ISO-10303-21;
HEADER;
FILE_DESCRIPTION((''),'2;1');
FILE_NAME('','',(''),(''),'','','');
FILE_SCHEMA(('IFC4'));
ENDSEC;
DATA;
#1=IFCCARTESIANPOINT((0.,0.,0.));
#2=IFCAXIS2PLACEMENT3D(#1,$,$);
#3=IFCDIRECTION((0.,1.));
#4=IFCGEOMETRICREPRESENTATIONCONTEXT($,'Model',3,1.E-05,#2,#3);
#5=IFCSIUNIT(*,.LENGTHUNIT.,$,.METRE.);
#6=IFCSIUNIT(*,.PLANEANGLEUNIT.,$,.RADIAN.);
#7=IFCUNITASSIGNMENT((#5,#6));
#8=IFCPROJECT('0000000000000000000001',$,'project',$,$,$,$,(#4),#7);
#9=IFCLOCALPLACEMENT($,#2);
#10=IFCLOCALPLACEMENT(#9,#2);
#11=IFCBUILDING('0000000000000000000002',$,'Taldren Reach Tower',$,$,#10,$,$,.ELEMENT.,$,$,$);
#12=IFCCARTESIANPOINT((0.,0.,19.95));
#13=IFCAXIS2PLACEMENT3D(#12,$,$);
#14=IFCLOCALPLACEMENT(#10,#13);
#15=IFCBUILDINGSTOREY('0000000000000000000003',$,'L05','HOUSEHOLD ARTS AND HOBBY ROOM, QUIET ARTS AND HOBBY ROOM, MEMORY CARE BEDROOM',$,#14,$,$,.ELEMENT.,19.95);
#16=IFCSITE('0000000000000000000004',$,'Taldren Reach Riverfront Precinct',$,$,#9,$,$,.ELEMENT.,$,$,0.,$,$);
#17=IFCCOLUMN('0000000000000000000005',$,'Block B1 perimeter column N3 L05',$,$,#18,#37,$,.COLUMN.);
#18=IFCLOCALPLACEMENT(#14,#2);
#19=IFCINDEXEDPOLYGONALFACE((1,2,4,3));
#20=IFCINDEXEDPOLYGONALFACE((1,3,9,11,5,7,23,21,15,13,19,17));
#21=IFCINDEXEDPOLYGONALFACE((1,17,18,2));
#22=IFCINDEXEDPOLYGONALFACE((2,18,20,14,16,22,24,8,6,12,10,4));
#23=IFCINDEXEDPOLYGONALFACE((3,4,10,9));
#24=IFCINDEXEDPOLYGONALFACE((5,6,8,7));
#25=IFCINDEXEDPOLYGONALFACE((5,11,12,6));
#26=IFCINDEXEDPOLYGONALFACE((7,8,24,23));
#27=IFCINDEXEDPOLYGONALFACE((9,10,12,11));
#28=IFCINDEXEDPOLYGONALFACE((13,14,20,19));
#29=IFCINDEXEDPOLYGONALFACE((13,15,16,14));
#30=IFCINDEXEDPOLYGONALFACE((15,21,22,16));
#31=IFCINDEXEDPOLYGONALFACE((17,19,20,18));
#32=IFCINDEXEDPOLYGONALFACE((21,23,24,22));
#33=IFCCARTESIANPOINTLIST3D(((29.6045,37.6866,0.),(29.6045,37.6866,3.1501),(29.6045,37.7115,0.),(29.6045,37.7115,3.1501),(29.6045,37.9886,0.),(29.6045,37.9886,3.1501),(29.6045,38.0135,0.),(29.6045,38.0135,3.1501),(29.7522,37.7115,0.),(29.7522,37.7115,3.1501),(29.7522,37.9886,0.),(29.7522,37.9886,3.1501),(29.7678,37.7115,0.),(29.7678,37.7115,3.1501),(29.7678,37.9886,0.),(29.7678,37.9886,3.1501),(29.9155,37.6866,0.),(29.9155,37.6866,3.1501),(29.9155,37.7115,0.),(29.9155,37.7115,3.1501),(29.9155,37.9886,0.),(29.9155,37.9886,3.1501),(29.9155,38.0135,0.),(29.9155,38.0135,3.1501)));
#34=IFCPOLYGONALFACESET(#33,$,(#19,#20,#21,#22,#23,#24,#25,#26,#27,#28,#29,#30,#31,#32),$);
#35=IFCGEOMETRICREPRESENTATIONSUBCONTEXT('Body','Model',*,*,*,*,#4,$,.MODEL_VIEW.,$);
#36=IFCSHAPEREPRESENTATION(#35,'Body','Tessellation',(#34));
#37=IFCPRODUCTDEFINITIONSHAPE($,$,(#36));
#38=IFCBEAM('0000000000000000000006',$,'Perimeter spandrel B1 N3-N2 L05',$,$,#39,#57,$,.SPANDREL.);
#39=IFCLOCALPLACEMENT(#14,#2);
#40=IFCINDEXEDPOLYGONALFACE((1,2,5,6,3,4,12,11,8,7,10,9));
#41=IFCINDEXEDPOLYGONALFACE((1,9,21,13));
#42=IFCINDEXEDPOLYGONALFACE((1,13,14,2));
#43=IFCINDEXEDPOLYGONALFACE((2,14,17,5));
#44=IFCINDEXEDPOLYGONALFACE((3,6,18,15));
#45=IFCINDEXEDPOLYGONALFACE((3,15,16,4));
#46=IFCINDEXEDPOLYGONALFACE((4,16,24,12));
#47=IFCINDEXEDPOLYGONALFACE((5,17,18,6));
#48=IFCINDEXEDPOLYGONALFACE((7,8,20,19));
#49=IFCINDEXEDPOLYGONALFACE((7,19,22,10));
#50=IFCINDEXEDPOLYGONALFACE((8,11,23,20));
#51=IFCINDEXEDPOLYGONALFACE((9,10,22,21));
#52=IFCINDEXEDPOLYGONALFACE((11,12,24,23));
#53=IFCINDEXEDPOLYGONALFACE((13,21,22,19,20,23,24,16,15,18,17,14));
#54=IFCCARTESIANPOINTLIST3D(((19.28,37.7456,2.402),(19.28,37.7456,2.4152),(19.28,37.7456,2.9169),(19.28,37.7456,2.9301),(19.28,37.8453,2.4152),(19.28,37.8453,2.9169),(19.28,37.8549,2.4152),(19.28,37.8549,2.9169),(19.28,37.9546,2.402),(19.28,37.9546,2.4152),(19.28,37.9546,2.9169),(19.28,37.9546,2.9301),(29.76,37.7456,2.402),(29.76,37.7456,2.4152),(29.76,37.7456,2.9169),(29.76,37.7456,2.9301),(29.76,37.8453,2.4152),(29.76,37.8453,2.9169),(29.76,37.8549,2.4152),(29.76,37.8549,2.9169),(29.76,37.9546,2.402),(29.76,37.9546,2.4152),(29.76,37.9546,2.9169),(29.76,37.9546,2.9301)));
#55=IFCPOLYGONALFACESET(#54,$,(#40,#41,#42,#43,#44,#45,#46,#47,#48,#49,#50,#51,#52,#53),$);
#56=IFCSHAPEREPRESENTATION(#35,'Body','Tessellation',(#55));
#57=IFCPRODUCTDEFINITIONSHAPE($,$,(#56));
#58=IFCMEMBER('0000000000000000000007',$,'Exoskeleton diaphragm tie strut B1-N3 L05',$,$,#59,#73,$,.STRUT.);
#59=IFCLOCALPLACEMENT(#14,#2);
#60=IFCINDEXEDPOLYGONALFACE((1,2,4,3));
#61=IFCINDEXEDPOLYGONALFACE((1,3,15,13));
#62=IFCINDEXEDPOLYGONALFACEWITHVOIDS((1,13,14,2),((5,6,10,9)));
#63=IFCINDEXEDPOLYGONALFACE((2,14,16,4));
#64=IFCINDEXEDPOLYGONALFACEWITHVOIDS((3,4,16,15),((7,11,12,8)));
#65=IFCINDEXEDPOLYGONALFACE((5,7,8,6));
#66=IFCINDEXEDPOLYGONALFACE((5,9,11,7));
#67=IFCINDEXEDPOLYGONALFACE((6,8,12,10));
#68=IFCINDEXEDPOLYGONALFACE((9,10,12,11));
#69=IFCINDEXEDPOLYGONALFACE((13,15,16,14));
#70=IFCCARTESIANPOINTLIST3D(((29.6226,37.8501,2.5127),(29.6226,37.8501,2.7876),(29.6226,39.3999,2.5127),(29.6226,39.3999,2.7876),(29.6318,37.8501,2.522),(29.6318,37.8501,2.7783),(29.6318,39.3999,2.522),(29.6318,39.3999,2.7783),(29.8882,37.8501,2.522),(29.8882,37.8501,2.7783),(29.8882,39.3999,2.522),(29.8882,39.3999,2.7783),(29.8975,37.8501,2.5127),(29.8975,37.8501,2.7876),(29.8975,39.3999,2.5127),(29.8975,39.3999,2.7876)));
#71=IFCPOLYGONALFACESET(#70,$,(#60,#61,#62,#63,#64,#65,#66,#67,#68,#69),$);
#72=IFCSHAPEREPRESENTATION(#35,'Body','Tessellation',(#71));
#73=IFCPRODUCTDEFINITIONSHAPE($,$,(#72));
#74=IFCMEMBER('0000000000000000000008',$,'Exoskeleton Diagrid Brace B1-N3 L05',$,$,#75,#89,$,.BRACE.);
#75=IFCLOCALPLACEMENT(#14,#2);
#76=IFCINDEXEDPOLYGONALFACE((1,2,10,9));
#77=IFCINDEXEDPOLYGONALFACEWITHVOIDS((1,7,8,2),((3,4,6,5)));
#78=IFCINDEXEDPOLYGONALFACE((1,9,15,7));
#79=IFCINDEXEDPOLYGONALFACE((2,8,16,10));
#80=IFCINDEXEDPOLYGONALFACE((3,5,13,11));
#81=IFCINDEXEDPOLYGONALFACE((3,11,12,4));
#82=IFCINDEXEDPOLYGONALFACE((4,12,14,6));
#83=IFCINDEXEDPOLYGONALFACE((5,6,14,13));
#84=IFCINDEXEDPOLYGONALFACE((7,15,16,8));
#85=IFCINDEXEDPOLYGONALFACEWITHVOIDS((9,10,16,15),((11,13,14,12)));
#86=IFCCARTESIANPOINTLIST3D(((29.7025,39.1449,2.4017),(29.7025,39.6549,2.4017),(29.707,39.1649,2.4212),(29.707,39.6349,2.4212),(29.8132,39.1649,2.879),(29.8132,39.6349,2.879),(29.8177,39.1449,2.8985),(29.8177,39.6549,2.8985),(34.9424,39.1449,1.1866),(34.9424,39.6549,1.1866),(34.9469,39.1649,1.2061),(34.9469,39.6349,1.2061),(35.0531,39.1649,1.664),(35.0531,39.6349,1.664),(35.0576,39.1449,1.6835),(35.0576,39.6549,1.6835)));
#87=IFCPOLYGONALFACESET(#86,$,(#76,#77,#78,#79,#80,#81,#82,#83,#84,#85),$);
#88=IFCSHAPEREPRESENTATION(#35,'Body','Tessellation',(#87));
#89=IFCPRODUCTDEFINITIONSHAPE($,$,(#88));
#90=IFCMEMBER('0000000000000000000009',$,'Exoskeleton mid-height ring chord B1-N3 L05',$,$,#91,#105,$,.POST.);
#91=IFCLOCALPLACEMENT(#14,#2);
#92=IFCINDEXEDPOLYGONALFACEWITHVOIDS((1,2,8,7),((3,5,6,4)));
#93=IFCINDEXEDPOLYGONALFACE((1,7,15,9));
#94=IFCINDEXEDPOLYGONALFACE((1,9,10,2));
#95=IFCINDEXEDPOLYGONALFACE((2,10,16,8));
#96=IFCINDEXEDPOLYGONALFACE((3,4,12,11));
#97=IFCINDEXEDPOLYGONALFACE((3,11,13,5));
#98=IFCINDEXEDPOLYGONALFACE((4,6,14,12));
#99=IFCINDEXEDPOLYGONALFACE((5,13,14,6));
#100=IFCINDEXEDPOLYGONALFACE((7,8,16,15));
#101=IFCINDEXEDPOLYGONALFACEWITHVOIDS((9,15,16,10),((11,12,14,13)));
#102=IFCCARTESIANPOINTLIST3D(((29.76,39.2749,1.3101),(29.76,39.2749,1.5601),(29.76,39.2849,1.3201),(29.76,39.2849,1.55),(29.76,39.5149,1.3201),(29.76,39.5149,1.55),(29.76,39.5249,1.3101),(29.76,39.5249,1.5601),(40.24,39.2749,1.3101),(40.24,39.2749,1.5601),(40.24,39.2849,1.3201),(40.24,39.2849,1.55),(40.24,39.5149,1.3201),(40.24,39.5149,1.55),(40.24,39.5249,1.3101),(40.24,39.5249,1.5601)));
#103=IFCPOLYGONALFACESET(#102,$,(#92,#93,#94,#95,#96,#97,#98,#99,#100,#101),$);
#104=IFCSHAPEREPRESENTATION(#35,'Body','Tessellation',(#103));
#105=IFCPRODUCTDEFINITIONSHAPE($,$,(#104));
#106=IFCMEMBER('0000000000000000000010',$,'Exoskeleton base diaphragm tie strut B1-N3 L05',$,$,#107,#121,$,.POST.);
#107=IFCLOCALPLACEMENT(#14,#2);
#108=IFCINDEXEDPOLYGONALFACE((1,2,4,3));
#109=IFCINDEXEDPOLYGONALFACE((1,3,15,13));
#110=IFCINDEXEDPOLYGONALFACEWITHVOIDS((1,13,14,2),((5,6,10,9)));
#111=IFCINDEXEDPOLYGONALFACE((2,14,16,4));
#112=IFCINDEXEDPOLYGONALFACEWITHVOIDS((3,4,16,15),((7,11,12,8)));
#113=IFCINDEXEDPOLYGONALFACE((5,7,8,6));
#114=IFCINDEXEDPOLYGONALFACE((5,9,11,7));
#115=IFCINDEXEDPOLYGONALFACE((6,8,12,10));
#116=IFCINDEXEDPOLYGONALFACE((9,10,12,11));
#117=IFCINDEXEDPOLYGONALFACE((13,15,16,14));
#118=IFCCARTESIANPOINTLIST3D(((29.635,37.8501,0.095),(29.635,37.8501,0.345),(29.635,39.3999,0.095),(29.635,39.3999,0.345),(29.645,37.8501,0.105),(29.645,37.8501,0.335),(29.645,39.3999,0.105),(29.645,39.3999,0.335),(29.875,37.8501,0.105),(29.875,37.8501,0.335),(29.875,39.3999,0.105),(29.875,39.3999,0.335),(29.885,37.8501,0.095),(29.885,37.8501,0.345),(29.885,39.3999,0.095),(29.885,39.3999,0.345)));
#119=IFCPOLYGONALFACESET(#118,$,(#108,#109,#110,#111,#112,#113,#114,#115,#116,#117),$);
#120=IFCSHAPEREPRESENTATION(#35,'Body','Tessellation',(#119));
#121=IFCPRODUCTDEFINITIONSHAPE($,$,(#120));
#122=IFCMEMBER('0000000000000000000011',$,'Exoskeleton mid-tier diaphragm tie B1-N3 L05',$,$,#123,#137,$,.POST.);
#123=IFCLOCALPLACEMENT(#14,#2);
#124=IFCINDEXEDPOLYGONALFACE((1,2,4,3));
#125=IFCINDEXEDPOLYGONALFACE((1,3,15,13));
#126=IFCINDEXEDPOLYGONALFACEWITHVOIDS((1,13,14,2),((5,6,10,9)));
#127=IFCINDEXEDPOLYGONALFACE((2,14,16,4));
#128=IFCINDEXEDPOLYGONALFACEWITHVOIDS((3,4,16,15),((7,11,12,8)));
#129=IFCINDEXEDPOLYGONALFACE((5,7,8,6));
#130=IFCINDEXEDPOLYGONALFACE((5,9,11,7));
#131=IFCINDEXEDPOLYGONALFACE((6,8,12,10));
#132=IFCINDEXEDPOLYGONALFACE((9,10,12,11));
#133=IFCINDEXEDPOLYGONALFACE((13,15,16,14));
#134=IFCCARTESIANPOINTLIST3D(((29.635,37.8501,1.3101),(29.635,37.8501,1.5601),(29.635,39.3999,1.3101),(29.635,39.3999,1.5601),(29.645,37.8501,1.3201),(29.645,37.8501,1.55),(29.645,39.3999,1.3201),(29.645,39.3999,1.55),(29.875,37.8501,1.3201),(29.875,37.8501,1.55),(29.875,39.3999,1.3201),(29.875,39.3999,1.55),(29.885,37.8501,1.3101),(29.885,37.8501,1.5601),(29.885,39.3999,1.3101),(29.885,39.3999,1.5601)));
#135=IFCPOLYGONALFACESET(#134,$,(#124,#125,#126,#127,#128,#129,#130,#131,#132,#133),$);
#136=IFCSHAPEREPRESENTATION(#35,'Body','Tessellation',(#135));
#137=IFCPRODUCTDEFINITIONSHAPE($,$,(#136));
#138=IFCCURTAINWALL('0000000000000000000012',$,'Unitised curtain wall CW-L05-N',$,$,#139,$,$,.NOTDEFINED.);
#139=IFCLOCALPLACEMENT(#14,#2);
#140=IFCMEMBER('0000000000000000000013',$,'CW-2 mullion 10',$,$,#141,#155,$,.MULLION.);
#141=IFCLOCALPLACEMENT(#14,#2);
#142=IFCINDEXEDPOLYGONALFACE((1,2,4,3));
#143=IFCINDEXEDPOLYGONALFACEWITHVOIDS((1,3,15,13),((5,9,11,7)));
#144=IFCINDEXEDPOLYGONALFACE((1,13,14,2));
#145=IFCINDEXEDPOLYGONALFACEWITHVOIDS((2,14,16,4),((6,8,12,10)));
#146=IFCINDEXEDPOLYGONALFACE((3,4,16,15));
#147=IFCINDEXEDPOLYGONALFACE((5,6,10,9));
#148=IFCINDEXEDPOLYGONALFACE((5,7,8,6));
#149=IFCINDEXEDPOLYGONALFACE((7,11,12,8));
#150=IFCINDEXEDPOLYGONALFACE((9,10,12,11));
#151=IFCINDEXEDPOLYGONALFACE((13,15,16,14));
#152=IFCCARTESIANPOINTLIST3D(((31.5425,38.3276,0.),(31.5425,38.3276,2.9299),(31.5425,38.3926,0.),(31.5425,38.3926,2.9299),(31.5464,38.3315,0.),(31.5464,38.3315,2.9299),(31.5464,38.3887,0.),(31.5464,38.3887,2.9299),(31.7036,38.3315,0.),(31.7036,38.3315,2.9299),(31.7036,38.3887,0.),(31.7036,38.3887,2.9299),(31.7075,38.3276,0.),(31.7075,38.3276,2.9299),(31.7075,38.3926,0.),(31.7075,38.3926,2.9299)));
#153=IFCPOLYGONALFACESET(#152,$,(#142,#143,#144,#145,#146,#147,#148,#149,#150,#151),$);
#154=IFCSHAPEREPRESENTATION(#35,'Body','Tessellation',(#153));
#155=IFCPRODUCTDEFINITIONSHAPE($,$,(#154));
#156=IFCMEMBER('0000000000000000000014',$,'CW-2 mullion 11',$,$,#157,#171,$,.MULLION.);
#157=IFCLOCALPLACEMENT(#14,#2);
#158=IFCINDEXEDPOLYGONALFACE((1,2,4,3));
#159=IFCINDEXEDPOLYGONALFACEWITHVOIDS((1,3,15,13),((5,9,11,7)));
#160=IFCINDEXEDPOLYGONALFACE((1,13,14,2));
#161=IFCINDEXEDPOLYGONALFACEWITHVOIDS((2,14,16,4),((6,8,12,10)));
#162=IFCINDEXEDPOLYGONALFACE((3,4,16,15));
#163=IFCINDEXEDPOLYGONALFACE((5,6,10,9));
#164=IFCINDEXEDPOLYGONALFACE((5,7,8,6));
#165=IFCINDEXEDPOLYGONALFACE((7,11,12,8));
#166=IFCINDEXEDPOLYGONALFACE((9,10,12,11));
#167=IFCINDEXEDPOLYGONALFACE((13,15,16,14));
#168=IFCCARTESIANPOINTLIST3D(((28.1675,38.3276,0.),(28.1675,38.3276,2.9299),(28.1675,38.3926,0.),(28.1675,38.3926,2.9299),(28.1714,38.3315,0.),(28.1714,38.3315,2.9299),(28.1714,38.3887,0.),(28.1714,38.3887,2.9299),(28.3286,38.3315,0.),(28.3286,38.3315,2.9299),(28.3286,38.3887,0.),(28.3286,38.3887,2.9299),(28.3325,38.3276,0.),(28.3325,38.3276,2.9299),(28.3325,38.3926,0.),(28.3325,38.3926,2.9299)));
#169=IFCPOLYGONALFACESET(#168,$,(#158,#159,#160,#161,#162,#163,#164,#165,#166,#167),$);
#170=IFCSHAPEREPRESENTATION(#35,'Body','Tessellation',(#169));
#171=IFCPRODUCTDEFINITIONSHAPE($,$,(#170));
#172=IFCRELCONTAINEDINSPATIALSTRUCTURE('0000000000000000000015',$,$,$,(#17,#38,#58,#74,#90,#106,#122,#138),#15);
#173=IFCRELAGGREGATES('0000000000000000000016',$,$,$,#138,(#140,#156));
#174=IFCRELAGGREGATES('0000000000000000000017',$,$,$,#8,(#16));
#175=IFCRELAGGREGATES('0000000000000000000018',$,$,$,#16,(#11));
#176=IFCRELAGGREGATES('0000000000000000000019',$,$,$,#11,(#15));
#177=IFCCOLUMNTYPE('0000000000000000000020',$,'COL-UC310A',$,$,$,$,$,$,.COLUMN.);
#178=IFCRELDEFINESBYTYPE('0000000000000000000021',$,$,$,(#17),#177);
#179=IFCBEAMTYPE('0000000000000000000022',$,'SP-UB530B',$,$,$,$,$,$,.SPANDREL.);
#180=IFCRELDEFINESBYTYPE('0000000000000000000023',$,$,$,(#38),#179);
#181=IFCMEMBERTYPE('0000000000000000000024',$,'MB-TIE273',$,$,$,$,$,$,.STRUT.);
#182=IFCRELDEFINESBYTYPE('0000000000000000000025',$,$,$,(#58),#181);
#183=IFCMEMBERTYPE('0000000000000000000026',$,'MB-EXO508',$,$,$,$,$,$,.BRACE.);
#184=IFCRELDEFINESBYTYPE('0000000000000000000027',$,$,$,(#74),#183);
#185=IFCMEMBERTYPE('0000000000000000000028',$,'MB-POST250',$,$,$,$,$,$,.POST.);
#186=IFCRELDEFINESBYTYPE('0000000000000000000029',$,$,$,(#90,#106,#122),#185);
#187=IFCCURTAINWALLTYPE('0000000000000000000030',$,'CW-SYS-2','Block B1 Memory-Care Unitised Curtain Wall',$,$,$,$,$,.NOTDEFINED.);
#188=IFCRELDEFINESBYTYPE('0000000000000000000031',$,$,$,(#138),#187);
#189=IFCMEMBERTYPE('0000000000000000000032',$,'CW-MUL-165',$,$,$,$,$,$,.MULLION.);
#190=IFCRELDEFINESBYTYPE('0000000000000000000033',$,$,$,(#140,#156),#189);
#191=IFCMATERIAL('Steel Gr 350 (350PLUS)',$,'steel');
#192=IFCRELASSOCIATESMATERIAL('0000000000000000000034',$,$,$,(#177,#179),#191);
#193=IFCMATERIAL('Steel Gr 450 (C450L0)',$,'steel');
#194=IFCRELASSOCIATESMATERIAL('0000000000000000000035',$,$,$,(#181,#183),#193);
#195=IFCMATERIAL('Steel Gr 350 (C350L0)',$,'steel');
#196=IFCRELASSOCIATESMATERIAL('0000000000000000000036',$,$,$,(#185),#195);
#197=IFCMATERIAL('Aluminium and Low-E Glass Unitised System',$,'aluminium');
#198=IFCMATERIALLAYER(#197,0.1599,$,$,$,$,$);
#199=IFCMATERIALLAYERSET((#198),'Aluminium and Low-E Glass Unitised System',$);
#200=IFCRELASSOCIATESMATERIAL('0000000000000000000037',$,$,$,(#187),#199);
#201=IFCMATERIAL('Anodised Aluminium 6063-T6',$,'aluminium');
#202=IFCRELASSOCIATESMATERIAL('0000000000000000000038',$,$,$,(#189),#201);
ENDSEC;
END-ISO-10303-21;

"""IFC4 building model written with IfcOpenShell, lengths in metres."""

from ifc_helpers import new_model, si_unit, direction, frame, origin, origin_2d, place, context, subcontext, project, spatial, hollow_rectangle, i_section, extrude, source, transform, mapped, material, layer, layer_set, material_profile, profile_set, type_object, element, aggregate, save


model = new_model("IFC4")

# Units and contexts
model_context = context("Model", 3, precision=1e-05, world=origin(), true_north=direction((0.0, 1.0)))
body_context = subcontext(model_context, "Body", "Model", "MODEL_VIEW")
ifc_project = project(units=[si_unit("LENGTHUNIT", "METRE"), si_unit("PLANEANGLEUNIT", "RADIAN")], contexts=[model_context])

# Site, building, storey
site_placement = place(None, origin())
site = spatial("IfcSite", under=ifc_project, at=site_placement, Name="Taldren Reach Riverfront Precinct", CompositionType="ELEMENT", RefElevation=0.0)
building_placement = place(site_placement, origin())
building = spatial("IfcBuilding", under=site, at=building_placement, Name="Taldren Reach Tower", CompositionType="ELEMENT")
storey_placement = place(building_placement, frame((0.0, 0.0, 19.95)))
storey = spatial("IfcBuildingStorey", under=building, at=storey_placement, Name="L05", Description="HOUSEHOLD ARTS AND HOBBY ROOM, QUIET ARTS AND HOBBY ROOM, MEMORY CARE BEDROOM", CompositionType="ELEMENT", Elevation=19.95)

# Column
ifc_material_1 = material(Name="Steel Gr 350 (350PLUS)", Category="steel")
ifc_material_profile_1 = material_profile(ifc_material_1, i_section(OverallWidth=0.311, OverallDepth=0.3269, WebThickness=0.0156, FlangeThickness=0.0249, at=origin_2d()), Name="310UC158")
ifc_profile_set_1 = profile_set([ifc_material_profile_1], Name="Steel Gr 350 (350PLUS)")
column_type = type_object("IfcColumnType", Name="COL-UC310A", PredefinedType="COLUMN", material=ifc_profile_set_1)
shared_shape_1 = source(origin(), body_context, "Body", "SweptSolid", [
    extrude(i_section(OverallWidth=0.311, OverallDepth=0.3269, WebThickness=0.0156, FlangeThickness=0.0249, at=origin_2d()), origin(), (0.0, 0.0, 1.0), 3.1501),
])
column_placement = place(storey_placement, frame((29.76, 37.8501, 0.0), z_axis=(0.0, 0.0, 1.0), x_axis=(1.0, 0.0, 0.0)))
element("IfcColumn", 1, at=column_placement, inside=storey, type_object=column_type, Name="Block B1 perimeter column N3 L05", PredefinedType="COLUMN", context=body_context, shape_type="MappedRepresentation", body=[
    mapped(shared_shape_1, transform((0.0, 0.0, 0.0), scale=1.0)),
])

# Beam
ifc_material_profile_2 = material_profile(ifc_material_1, i_section(OverallWidth=0.209, OverallDepth=0.5281, WebThickness=0.0095, FlangeThickness=0.0132, at=origin_2d()), Name="530UB82.0")
ifc_profile_set_2 = profile_set([ifc_material_profile_2], Name="Steel Gr 350 (350PLUS)")
beam_type = type_object("IfcBeamType", Name="SP-UB530B", PredefinedType="SPANDREL", material=ifc_profile_set_2)
shared_shape_2 = source(origin(), body_context, "Body", "SweptSolid", [
    extrude(i_section(OverallWidth=0.209, OverallDepth=0.5281, WebThickness=0.0095, FlangeThickness=0.0132, at=origin_2d()), origin(), (0.0, 0.0, 1.0), 10.48),
])
beam_placement = place(storey_placement, frame((29.76, 37.8501, 2.666), z_axis=(-1.0, 0.0, 0.0), x_axis=(0.0, -1.0, 0.0)))
element("IfcBeam", 2, at=beam_placement, inside=storey, type_object=beam_type, Name="Perimeter spandrel B1 N3-N2 L05", PredefinedType="SPANDREL", context=body_context, shape_type="MappedRepresentation", body=[
    mapped(shared_shape_2, transform((0.0, 0.0, 0.0), scale=1.0)),
])

# Members
ifc_material_2 = material(Name="Steel Gr 450 (C450L0)", Category="steel")
ifc_material_profile_3 = material_profile(ifc_material_2, hollow_rectangle(XDim=0.2749, YDim=0.2749, WallThickness=0.0093, at=origin_2d()), Name="275x275x9.3SHS")
ifc_profile_set_3 = profile_set([ifc_material_profile_3], Name="Steel Gr 450 (C450L0)")
member_type_1 = type_object("IfcMemberType", Name="MB-TIE273", PredefinedType="STRUT", material=ifc_profile_set_3)
shared_shape_3 = source(origin(), body_context, "Body", "SweptSolid", [
    extrude(hollow_rectangle(XDim=0.2749, YDim=0.2749, WallThickness=0.0093, at=origin_2d()), origin(), (0.0, 0.0, 1.0), 1.5498),
])
member_1_placement = place(storey_placement, frame((29.76, 37.8501, 2.6501), z_axis=(0.0, 1.0, 0.0), x_axis=(-1.0, 0.0, 0.0)))
element("IfcMember", 3, at=member_1_placement, inside=storey, type_object=member_type_1, Name="Exoskeleton diaphragm tie strut B1-N3 L05", PredefinedType="STRUT", context=body_context, shape_type="MappedRepresentation", body=[
    mapped(shared_shape_3, transform((0.0, 0.0, 0.0), scale=1.0)),
])
ifc_material_profile_4 = material_profile(ifc_material_2, hollow_rectangle(XDim=0.51, YDim=0.51, WallThickness=0.02, at=origin_2d()), Name="510x510x20.0SHS")
ifc_profile_set_4 = profile_set([ifc_material_profile_4], Name="Steel Gr 450 (C450L0)")
member_type_2 = type_object("IfcMemberType", Name="MB-EXO508", PredefinedType="BRACE", material=ifc_profile_set_4)
shared_shape_4 = source(origin(), body_context, "Body", "SweptSolid", [
    extrude(hollow_rectangle(XDim=0.51, YDim=0.51, WallThickness=0.02, at=origin_2d()), origin(), (0.0, 0.0, 1.0), 5.3789),
])
member_2_placement = place(storey_placement, frame((35.0, 39.3999, 1.4351), z_axis=(-0.974152, 0.0, 0.225894), x_axis=(0.0, -1.0, 0.0)))
element("IfcMember", 4, at=member_2_placement, inside=storey, type_object=member_type_2, Name="Exoskeleton Diagrid Brace B1-N3 L05", PredefinedType="BRACE", context=body_context, shape_type="MappedRepresentation", body=[
    mapped(shared_shape_4, transform((0.0, 0.0, 0.0), scale=1.0)),
])
ifc_material_3 = material(Name="Steel Gr 350 (C350L0)", Category="steel")
ifc_material_profile_5 = material_profile(ifc_material_3, hollow_rectangle(XDim=0.25, YDim=0.25, WallThickness=0.01, at=origin_2d()), Name="250x250x10.0SHS")
ifc_profile_set_5 = profile_set([ifc_material_profile_5], Name="Steel Gr 350 (C350L0)")
member_type_3 = type_object("IfcMemberType", Name="MB-POST250", PredefinedType="POST", material=ifc_profile_set_5)
shared_shape_5 = source(origin(), body_context, "Body", "SweptSolid", [
    extrude(hollow_rectangle(XDim=0.25, YDim=0.25, WallThickness=0.01, at=origin_2d()), origin(), (0.0, 0.0, 1.0), 10.48),
])
member_3_placement = place(storey_placement, frame((29.76, 39.3999, 1.4351), z_axis=(1.0, 0.0, 0.0), x_axis=(0.0, 1.0, 0.0)))
element("IfcMember", 5, at=member_3_placement, inside=storey, type_object=member_type_3, Name="Exoskeleton mid-height ring chord B1-N3 L05", PredefinedType="POST", context=body_context, shape_type="MappedRepresentation", body=[
    mapped(shared_shape_5, transform((0.0, 0.0, 0.0), scale=1.0)),
])
shared_shape_6 = source(origin(), body_context, "Body", "SweptSolid", [
    extrude(hollow_rectangle(XDim=0.25, YDim=0.25, WallThickness=0.01, at=origin_2d()), origin(), (0.0, 0.0, 1.0), 1.5498),
])
for number, where, z_axis, x_axis, name in (
    (6, (29.76, 37.8501, 0.22), (0.0, 1.0, 0.0), (-1.0, 0.0, 0.0), "Exoskeleton base diaphragm tie strut B1-N3 L05"),
    (7, (29.76, 37.8501, 1.4351), (0.0, 1.0, 0.0), (-1.0, 0.0, 0.0), "Exoskeleton mid-tier diaphragm tie B1-N3 L05"),
):
    element("IfcMember", number, at=place(storey_placement, frame(where, z_axis=z_axis, x_axis=x_axis)), inside=storey, type_object=member_type_3, Name=name, PredefinedType="POST", context=body_context, shape_type="MappedRepresentation", body=[
        mapped(shared_shape_6, transform((0.0, 0.0, 0.0), scale=1.0)),
    ])

# Curtain wall, members
ifc_material_4 = material(Name="Aluminium and Low-E Glass Unitised System", Category="aluminium")
ifc_layer_1 = layer(ifc_material_4, 0.1599)
ifc_layer_set_1 = layer_set([ifc_layer_1], Name="Aluminium and Low-E Glass Unitised System")
curtain_wall_type = type_object("IfcCurtainWallType", Name="CW-SYS-2", Description="Block B1 Memory-Care Unitised Curtain Wall", PredefinedType="NOTDEFINED", material=ifc_layer_set_1)
curtain_wall_placement = place(storey_placement, origin())
curtain_wall = element("IfcCurtainWall", 8, at=curtain_wall_placement, inside=storey, type_object=curtain_wall_type, Name="Unitised curtain wall CW-L05-N", PredefinedType="NOTDEFINED")
ifc_material_5 = material(Name="Anodised Aluminium 6063-T6", Category="aluminium")
ifc_material_profile_6 = material_profile(ifc_material_5, hollow_rectangle(XDim=0.0649, YDim=0.165, WallThickness=0.0039, at=origin_2d()), Name="ALU-165x65x4RHS")
ifc_profile_set_6 = profile_set([ifc_material_profile_6], Name="Anodised Aluminium 6063-T6")
member_type_4 = type_object("IfcMemberType", Name="CW-MUL-165", PredefinedType="MULLION", material=ifc_profile_set_6)
shared_shape_7 = source(origin(), body_context, "Body", "SweptSolid", [
    extrude(hollow_rectangle(XDim=0.0649, YDim=0.165, WallThickness=0.0039, at=origin_2d()), origin(), (0.0, 0.0, 1.0), 2.9299),
])
member_4_placement = place(storey_placement, frame((31.625, 38.3601, 0.0), z_axis=(0.0, 0.0, 1.0), x_axis=(0.0, -1.0, 0.0)))
member_4 = element("IfcMember", 9, at=member_4_placement, type_object=member_type_4, Name="CW-2 mullion 10", PredefinedType="MULLION", context=body_context, shape_type="MappedRepresentation", body=[
    mapped(shared_shape_7, transform((0.0, 0.0, 0.0), scale=1.0)),
])
member_5_placement = place(storey_placement, frame((28.25, 38.3601, 0.0), z_axis=(0.0, 0.0, 1.0), x_axis=(0.0, -1.0, 0.0)))
member_5 = element("IfcMember", 10, at=member_5_placement, type_object=member_type_4, Name="CW-2 mullion 11", PredefinedType="MULLION", context=body_context, shape_type="MappedRepresentation", body=[
    mapped(shared_shape_7, transform((0.0, 0.0, 0.0), scale=1.0)),
])

aggregate(curtain_wall, [member_4, member_5])

save(model, "model.ifc")
